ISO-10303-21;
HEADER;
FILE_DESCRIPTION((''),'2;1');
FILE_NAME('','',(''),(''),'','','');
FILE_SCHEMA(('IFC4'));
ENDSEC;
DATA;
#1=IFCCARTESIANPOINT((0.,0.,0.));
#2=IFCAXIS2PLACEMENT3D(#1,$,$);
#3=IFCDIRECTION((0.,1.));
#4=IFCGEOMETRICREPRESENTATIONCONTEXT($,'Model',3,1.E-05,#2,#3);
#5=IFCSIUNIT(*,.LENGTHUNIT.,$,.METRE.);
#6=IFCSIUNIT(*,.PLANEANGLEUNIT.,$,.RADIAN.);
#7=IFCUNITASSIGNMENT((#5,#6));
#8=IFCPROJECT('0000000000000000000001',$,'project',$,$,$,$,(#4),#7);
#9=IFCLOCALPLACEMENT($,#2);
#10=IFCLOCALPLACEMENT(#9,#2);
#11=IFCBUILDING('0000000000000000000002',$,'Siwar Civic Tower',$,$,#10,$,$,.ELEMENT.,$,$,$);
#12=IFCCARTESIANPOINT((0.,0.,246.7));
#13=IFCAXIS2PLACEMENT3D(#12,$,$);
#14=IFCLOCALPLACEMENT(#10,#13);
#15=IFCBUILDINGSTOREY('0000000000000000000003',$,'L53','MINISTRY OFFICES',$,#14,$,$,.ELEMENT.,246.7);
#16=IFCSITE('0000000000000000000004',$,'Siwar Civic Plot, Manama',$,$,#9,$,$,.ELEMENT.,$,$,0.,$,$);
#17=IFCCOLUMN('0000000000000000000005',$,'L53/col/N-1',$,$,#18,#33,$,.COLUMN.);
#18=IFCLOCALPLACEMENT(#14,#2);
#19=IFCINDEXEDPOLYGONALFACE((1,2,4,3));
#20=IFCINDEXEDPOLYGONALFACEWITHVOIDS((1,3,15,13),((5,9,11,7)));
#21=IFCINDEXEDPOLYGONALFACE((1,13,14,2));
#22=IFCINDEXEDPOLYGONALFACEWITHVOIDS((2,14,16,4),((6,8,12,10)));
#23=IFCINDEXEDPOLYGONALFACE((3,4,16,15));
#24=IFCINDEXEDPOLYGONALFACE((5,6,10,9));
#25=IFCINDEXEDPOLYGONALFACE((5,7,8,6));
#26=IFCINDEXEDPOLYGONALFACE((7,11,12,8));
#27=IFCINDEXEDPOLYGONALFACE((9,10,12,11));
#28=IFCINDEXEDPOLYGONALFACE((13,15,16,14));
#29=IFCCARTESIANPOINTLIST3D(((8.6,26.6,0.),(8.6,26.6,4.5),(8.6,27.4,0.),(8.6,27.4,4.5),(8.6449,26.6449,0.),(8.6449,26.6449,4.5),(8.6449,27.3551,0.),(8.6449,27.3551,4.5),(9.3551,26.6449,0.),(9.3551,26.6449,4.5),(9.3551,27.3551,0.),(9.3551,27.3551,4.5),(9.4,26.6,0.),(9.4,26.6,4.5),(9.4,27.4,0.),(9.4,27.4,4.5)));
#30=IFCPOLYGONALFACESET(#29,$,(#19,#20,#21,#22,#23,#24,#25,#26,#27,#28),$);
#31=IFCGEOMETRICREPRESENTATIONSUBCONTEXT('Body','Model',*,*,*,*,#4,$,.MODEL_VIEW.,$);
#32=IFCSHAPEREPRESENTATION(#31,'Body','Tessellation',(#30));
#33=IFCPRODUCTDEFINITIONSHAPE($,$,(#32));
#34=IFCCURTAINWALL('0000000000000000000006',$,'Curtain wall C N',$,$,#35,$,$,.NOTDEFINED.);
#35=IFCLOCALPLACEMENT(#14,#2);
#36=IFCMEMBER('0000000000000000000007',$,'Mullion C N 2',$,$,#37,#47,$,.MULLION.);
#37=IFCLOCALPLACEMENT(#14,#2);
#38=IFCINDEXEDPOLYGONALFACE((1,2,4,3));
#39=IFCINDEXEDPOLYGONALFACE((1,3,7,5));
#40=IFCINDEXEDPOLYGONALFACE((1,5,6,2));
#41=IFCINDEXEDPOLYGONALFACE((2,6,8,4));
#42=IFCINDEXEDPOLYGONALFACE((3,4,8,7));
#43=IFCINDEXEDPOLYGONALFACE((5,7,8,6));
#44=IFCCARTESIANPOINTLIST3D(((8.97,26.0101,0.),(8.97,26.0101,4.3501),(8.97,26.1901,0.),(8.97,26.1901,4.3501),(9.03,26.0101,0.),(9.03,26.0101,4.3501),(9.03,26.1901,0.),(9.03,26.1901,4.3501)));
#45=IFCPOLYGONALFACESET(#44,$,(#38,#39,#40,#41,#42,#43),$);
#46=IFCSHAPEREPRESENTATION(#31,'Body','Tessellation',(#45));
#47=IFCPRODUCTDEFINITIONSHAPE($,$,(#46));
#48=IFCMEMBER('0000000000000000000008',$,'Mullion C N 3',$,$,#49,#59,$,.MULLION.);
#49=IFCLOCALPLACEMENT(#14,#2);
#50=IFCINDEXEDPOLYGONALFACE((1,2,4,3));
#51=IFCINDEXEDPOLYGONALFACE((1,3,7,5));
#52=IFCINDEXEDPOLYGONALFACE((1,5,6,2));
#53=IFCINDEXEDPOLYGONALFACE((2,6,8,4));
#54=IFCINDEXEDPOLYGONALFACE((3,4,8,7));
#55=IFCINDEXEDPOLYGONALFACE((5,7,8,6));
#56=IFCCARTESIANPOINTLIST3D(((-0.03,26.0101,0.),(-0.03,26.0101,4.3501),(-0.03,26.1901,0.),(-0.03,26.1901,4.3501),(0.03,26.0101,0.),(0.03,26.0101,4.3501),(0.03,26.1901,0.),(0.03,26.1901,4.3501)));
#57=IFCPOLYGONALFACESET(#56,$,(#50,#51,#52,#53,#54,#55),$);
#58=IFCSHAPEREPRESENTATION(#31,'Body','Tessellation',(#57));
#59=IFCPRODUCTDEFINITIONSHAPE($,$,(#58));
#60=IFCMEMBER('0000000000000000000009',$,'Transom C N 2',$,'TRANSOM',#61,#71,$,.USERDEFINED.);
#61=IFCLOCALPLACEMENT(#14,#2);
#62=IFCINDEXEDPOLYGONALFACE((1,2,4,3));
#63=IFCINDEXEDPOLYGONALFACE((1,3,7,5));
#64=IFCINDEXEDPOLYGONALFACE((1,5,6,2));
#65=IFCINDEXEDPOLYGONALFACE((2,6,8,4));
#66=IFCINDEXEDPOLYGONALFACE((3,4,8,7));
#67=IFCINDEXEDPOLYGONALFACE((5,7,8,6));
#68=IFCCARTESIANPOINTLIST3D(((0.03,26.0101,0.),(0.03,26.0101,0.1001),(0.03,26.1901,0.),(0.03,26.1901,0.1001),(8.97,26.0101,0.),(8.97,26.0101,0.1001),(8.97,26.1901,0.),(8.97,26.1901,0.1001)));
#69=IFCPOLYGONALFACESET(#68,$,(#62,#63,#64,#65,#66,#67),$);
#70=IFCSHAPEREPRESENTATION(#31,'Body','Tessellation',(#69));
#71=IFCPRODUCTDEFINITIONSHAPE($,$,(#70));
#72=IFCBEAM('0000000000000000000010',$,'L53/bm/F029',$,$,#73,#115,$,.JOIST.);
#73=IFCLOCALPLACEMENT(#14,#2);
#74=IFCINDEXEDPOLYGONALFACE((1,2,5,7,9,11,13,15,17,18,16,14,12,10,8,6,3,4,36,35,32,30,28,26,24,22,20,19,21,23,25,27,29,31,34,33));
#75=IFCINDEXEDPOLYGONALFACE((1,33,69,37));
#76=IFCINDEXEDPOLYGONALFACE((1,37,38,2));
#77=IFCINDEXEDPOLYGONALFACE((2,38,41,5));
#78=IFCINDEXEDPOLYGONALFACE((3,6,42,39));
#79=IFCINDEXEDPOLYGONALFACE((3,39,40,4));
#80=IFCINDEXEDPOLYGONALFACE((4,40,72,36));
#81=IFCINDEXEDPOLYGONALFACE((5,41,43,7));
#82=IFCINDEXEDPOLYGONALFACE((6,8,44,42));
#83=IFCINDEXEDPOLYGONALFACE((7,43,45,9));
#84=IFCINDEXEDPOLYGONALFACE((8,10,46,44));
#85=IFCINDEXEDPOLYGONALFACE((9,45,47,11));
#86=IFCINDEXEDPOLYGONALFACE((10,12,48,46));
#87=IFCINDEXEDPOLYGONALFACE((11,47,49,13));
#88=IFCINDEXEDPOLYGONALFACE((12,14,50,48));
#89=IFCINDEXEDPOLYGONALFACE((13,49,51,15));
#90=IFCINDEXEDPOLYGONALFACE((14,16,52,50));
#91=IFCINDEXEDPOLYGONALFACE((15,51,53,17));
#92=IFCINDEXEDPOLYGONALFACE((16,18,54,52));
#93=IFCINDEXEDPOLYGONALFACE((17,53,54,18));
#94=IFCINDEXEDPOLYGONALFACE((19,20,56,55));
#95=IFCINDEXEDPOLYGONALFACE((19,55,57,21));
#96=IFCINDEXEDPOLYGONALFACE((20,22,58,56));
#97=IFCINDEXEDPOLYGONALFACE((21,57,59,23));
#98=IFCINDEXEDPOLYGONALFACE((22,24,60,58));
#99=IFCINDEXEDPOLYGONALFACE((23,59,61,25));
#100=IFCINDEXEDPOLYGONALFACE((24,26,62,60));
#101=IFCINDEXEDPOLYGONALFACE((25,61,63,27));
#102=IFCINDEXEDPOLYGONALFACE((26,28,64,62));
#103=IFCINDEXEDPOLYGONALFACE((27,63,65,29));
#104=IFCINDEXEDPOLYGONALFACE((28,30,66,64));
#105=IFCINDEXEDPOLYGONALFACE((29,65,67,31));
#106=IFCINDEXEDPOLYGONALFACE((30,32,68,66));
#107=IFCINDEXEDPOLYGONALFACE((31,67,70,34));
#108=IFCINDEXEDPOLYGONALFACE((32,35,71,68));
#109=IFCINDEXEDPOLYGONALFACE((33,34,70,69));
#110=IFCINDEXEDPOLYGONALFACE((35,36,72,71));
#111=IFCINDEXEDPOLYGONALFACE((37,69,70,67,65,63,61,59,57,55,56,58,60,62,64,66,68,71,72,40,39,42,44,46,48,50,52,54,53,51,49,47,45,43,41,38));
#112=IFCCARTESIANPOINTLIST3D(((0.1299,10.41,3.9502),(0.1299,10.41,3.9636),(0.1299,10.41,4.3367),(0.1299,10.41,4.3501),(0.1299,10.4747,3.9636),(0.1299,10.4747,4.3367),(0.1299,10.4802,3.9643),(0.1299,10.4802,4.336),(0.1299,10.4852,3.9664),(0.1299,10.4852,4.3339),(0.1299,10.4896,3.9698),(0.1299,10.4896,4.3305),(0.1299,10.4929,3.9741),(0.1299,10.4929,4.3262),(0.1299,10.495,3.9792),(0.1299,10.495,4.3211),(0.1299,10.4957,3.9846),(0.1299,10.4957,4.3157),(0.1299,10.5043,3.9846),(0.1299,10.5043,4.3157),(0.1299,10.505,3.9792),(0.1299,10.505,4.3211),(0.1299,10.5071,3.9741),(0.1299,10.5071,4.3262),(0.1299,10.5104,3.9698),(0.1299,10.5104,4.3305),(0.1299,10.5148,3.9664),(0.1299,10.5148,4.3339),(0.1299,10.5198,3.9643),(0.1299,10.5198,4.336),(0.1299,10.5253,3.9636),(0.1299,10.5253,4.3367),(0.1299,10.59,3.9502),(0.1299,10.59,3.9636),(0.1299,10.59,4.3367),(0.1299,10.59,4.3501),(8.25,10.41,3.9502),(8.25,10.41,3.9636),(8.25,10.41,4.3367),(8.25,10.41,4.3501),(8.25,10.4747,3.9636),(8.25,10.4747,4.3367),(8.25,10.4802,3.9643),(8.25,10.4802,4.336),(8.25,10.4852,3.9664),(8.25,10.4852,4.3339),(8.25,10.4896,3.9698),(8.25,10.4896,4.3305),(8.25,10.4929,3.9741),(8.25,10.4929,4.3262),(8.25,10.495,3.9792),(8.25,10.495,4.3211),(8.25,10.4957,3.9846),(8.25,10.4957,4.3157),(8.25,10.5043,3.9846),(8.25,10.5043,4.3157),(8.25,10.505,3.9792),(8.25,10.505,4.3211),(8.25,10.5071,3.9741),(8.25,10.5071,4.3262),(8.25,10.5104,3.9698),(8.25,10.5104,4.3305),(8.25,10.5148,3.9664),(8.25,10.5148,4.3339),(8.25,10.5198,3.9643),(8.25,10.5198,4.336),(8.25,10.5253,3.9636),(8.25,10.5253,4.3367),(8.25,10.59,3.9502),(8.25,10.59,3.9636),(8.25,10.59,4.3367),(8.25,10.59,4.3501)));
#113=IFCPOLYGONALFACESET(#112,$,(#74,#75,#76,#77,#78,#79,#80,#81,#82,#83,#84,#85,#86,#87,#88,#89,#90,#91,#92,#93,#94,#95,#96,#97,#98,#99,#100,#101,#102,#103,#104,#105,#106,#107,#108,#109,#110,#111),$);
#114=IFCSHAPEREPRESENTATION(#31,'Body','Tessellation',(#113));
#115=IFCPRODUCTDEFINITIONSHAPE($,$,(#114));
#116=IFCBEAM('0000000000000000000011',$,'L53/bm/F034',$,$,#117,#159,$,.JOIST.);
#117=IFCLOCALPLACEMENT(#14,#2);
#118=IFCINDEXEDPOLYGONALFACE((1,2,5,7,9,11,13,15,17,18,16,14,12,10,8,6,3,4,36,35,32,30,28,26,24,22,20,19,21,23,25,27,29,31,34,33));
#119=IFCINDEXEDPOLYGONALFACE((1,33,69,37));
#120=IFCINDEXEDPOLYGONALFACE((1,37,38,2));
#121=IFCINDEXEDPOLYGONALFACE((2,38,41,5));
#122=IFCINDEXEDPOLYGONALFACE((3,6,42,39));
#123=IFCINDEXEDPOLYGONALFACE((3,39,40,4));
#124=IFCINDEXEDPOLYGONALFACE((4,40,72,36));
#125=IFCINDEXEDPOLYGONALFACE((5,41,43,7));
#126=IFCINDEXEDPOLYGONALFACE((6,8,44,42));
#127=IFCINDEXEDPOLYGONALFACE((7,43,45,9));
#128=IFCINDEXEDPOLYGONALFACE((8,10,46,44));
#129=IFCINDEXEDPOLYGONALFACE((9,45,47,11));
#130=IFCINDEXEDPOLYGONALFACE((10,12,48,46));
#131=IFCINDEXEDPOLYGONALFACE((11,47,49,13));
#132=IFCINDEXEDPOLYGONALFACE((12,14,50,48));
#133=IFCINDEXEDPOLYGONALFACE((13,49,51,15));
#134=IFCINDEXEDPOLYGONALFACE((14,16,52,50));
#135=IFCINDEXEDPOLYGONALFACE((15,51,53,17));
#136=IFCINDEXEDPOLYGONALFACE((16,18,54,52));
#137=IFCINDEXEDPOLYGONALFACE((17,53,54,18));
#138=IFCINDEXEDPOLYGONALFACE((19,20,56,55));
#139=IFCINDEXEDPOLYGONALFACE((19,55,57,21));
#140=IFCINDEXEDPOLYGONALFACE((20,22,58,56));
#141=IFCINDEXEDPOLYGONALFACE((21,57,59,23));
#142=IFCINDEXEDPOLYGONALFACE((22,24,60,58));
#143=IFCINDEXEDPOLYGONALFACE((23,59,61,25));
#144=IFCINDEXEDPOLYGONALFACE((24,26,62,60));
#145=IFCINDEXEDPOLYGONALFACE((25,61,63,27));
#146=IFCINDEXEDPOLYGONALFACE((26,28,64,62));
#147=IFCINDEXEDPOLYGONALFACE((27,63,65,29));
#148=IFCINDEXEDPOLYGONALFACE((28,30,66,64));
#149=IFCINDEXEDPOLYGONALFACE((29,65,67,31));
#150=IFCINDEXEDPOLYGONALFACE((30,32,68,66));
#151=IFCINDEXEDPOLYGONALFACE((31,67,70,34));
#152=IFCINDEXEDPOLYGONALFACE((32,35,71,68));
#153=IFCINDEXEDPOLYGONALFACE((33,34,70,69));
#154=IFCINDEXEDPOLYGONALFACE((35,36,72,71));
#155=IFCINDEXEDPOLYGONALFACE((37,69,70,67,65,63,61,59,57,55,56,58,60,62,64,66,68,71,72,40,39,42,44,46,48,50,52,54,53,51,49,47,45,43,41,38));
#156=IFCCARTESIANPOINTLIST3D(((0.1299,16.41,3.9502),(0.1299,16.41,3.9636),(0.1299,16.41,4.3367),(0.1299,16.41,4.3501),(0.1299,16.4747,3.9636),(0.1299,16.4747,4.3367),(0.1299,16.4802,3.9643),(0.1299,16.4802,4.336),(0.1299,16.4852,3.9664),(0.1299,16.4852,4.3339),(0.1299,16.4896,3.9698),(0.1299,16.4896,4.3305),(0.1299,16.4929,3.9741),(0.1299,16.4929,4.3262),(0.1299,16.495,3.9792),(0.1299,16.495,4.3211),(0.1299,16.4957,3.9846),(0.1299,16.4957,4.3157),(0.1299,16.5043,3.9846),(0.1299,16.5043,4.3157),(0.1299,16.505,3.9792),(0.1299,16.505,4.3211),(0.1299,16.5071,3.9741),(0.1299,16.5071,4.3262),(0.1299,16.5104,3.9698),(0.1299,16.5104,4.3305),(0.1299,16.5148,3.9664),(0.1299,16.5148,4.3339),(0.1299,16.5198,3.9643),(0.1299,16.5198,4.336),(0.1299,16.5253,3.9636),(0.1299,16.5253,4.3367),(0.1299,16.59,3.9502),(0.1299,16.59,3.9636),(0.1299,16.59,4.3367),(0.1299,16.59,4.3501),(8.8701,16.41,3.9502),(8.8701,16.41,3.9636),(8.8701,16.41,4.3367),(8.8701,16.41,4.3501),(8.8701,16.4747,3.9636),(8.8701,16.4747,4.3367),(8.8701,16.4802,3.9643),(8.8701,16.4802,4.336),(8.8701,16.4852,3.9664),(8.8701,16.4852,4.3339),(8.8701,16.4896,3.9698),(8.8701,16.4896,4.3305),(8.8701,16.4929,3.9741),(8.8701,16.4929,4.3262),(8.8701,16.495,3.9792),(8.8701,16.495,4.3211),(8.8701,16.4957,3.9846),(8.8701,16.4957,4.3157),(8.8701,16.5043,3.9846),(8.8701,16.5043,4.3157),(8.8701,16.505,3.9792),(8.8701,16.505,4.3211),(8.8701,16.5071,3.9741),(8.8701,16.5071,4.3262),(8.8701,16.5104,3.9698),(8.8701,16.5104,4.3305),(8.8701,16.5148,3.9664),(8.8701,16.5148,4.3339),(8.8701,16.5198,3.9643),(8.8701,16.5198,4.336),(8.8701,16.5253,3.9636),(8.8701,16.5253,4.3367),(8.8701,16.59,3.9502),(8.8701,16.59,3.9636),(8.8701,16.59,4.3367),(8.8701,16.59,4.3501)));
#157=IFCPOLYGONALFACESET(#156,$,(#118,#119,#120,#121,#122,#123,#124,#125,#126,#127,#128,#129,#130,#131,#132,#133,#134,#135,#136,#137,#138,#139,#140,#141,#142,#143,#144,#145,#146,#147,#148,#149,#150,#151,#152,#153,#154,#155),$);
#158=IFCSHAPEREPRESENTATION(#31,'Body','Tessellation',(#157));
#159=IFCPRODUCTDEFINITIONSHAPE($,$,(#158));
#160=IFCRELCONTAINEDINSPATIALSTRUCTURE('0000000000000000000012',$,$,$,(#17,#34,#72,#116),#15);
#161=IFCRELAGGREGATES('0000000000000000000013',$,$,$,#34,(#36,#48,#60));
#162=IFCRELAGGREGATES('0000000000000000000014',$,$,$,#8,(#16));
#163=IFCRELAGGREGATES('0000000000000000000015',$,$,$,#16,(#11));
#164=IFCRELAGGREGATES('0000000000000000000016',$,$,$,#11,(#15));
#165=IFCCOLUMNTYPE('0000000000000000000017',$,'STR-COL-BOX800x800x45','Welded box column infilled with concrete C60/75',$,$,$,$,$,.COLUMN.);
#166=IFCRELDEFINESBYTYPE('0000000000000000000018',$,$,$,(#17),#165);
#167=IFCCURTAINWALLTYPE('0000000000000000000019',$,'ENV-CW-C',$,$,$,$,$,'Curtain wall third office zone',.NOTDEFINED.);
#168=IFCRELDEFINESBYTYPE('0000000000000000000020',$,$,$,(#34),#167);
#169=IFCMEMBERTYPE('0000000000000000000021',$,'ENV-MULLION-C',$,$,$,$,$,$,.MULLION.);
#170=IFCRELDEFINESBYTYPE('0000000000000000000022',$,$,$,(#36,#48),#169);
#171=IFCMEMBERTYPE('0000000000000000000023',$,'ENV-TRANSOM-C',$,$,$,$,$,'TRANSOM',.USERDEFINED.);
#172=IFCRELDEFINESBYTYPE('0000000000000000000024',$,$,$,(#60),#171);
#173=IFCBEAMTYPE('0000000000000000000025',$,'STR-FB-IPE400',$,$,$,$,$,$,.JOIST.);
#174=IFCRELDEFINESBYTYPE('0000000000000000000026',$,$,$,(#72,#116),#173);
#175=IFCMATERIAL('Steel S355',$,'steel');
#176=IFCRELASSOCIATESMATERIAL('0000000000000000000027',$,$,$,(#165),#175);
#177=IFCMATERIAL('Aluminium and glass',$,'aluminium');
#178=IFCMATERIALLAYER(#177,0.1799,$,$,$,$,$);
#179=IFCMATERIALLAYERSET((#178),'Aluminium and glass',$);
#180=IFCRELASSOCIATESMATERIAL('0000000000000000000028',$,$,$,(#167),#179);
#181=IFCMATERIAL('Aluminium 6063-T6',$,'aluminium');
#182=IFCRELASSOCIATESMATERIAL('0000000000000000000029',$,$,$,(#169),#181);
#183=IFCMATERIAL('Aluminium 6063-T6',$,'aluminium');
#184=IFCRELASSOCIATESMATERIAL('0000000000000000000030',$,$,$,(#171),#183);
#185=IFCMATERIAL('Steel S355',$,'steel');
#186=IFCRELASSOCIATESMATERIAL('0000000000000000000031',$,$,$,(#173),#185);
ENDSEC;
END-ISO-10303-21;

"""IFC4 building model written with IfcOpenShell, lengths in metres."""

from ifc_helpers import new_model, si_unit, direction, frame, origin, origin_2d, place, context, subcontext, project, spatial, rectangle, hollow_rectangle, i_section, extrude, material, layer, layer_set, material_profile, profile_set, type_object, element, aggregate, save


model = new_model("IFC4")

# Units and contexts
model_context = context("Model", 3, precision=1e-05, world=origin(), true_north=direction((0.0, 1.0)))
body_context = subcontext(model_context, "Body", "Model", "MODEL_VIEW")
ifc_project = project(units=[si_unit("LENGTHUNIT", "METRE"), si_unit("PLANEANGLEUNIT", "RADIAN")], contexts=[model_context])

# Site, building, storey
site_placement = place(None, origin())
site = spatial("IfcSite", under=ifc_project, at=site_placement, Name="Siwar Civic Plot, Manama", CompositionType="ELEMENT", RefElevation=0.0)
building_placement = place(site_placement, origin())
building = spatial("IfcBuilding", under=site, at=building_placement, Name="Siwar Civic Tower", CompositionType="ELEMENT")
storey_placement = place(building_placement, frame((0.0, 0.0, 246.7)))
storey = spatial("IfcBuildingStorey", under=building, at=storey_placement, Name="L53", Description="MINISTRY OFFICES", CompositionType="ELEMENT", Elevation=246.7)

# Column
ifc_material_1 = material(Name="Steel S355", Category="steel")
ifc_material_profile_1 = material_profile(ifc_material_1, hollow_rectangle(XDim=0.8, YDim=0.8, WallThickness=0.0449, at=origin_2d()), Name="BOX800x800x45")
ifc_profile_set_1 = profile_set([ifc_material_profile_1], Name="Steel S355")
column_type = type_object("IfcColumnType", Name="STR-COL-BOX800x800x45", Description="Welded box column infilled with concrete C60/75", PredefinedType="COLUMN", material=ifc_profile_set_1)
column_placement = place(storey_placement, frame((9.0, 27.0, 0.0), z_axis=(0.0, 0.0, 1.0), x_axis=(1.0, 0.0, 0.0)))
element("IfcColumn", 1, at=column_placement, inside=storey, type_object=column_type, Name="L53/col/N-1", PredefinedType="COLUMN", context=body_context, shape_type="SweptSolid", body=[
    extrude(hollow_rectangle(XDim=0.8, YDim=0.8, WallThickness=0.0449, at=origin_2d()), origin(), (0.0, 0.0, 1.0), 4.5),
])

# Curtain wall, members
ifc_material_2 = material(Name="Aluminium and glass", Category="aluminium")
ifc_layer_1 = layer(ifc_material_2, 0.1799)
ifc_layer_set_1 = layer_set([ifc_layer_1], Name="Aluminium and glass")
curtain_wall_type = type_object("IfcCurtainWallType", Name="ENV-CW-C", ElementType="Curtain wall third office zone", PredefinedType="NOTDEFINED", material=ifc_layer_set_1)
curtain_wall_placement = place(storey_placement, origin())
curtain_wall = element("IfcCurtainWall", 2, at=curtain_wall_placement, inside=storey, type_object=curtain_wall_type, Name="Curtain wall C N", PredefinedType="NOTDEFINED")
ifc_material_3 = material(Name="Aluminium 6063-T6", Category="aluminium")
ifc_material_profile_2 = material_profile(ifc_material_3, rectangle(XDim=0.1799, YDim=0.0601, at=origin_2d()), Name="AL 180x60")
ifc_profile_set_2 = profile_set([ifc_material_profile_2], Name="Aluminium 6063-T6")
member_type_1 = type_object("IfcMemberType", Name="ENV-MULLION-C", PredefinedType="MULLION", material=ifc_profile_set_2)
member_1_placement = place(storey_placement, frame((9.0, 26.1001, 0.0), z_axis=(0.0, 0.0, 1.0), x_axis=(0.0, -1.0, 0.0)))
member_1 = element("IfcMember", 3, at=member_1_placement, type_object=member_type_1, Name="Mullion C N 2", PredefinedType="MULLION", context=body_context, shape_type="SweptSolid", body=[
    extrude(rectangle(XDim=0.1799, YDim=0.0601, at=origin_2d()), origin(), (0.0, 0.0, 1.0), 4.3501),
])
member_2_placement = place(storey_placement, frame((0.0, 26.1001, 0.0), z_axis=(0.0, 0.0, 1.0), x_axis=(0.0, -1.0, 0.0)))
member_2 = element("IfcMember", 4, at=member_2_placement, type_object=member_type_1, Name="Mullion C N 3", PredefinedType="MULLION", context=body_context, shape_type="SweptSolid", body=[
    extrude(rectangle(XDim=0.1799, YDim=0.0601, at=origin_2d()), origin(), (0.0, 0.0, 1.0), 4.3501),
])
ifc_material_4 = material(Name="Aluminium 6063-T6", Category="aluminium")
ifc_material_profile_3 = material_profile(ifc_material_4, rectangle(XDim=0.1799, YDim=0.1001, at=origin_2d()), Name="AL 180x100")
ifc_profile_set_3 = profile_set([ifc_material_profile_3], Name="Aluminium 6063-T6")
member_type_2 = type_object("IfcMemberType", Name="ENV-TRANSOM-C", ElementType="TRANSOM", PredefinedType="USERDEFINED", material=ifc_profile_set_3)
member_3_placement = place(storey_placement, frame((8.97, 26.1001, 0.05), z_axis=(-1.0, 0.0, 0.0), x_axis=(0.0, -1.0, 0.0)))
member_3 = element("IfcMember", 5, at=member_3_placement, type_object=member_type_2, Name="Transom C N 2", ObjectType="TRANSOM", PredefinedType="USERDEFINED", context=body_context, shape_type="SweptSolid", body=[
    extrude(rectangle(XDim=0.1799, YDim=0.1001, at=origin_2d()), origin(), (0.0, 0.0, 1.0), 8.9399),
])

# Beams
ifc_material_5 = material(Name="Steel S355", Category="steel")
ifc_material_profile_4 = material_profile(ifc_material_5, i_section(OverallWidth=0.1799, OverallDepth=0.3999, WebThickness=0.0085, FlangeThickness=0.0134, FilletRadius=0.021, at=origin_2d()), Name="IPE400")
ifc_profile_set_4 = profile_set([ifc_material_profile_4], Name="Steel S355")
beam_type_1 = type_object("IfcBeamType", Name="STR-FB-IPE400", PredefinedType="JOIST", material=ifc_profile_set_4)
beam_1_placement = place(storey_placement, frame((0.1299, 10.5, 4.1501), z_axis=(1.0, 0.0, 0.0), x_axis=(0.0, 1.0, 0.0)))
element("IfcBeam", 6, at=beam_1_placement, inside=storey, type_object=beam_type_1, Name="L53/bm/F029", PredefinedType="JOIST", context=body_context, shape_type="SweptSolid", body=[
    extrude(i_section(OverallWidth=0.1799, OverallDepth=0.3999, WebThickness=0.0085, FlangeThickness=0.0134, FilletRadius=0.021, at=origin_2d()), origin(), (0.0, 0.0, 1.0), 8.1201),
])
for number, where, z_axis, x_axis, name in (
    (7, (0.1299, 16.5, 4.1501), (1.0, 0.0, 0.0), (0.0, 1.0, 0.0), "L53/bm/F034"),
):
    element("IfcBeam", number, at=place(storey_placement, frame(where, z_axis=z_axis, x_axis=x_axis)), inside=storey, type_object=beam_type_1, Name=name, PredefinedType="JOIST", context=body_context, shape_type="SweptSolid", body=[
        extrude(i_section(OverallWidth=0.1799, OverallDepth=0.3999, WebThickness=0.0085, FlangeThickness=0.0134, FilletRadius=0.021, at=origin_2d()), origin(), (0.0, 0.0, 1.0), 8.7402),
    ])

aggregate(curtain_wall, [member_1, member_2, member_3])

save(model, "model.ifc")
